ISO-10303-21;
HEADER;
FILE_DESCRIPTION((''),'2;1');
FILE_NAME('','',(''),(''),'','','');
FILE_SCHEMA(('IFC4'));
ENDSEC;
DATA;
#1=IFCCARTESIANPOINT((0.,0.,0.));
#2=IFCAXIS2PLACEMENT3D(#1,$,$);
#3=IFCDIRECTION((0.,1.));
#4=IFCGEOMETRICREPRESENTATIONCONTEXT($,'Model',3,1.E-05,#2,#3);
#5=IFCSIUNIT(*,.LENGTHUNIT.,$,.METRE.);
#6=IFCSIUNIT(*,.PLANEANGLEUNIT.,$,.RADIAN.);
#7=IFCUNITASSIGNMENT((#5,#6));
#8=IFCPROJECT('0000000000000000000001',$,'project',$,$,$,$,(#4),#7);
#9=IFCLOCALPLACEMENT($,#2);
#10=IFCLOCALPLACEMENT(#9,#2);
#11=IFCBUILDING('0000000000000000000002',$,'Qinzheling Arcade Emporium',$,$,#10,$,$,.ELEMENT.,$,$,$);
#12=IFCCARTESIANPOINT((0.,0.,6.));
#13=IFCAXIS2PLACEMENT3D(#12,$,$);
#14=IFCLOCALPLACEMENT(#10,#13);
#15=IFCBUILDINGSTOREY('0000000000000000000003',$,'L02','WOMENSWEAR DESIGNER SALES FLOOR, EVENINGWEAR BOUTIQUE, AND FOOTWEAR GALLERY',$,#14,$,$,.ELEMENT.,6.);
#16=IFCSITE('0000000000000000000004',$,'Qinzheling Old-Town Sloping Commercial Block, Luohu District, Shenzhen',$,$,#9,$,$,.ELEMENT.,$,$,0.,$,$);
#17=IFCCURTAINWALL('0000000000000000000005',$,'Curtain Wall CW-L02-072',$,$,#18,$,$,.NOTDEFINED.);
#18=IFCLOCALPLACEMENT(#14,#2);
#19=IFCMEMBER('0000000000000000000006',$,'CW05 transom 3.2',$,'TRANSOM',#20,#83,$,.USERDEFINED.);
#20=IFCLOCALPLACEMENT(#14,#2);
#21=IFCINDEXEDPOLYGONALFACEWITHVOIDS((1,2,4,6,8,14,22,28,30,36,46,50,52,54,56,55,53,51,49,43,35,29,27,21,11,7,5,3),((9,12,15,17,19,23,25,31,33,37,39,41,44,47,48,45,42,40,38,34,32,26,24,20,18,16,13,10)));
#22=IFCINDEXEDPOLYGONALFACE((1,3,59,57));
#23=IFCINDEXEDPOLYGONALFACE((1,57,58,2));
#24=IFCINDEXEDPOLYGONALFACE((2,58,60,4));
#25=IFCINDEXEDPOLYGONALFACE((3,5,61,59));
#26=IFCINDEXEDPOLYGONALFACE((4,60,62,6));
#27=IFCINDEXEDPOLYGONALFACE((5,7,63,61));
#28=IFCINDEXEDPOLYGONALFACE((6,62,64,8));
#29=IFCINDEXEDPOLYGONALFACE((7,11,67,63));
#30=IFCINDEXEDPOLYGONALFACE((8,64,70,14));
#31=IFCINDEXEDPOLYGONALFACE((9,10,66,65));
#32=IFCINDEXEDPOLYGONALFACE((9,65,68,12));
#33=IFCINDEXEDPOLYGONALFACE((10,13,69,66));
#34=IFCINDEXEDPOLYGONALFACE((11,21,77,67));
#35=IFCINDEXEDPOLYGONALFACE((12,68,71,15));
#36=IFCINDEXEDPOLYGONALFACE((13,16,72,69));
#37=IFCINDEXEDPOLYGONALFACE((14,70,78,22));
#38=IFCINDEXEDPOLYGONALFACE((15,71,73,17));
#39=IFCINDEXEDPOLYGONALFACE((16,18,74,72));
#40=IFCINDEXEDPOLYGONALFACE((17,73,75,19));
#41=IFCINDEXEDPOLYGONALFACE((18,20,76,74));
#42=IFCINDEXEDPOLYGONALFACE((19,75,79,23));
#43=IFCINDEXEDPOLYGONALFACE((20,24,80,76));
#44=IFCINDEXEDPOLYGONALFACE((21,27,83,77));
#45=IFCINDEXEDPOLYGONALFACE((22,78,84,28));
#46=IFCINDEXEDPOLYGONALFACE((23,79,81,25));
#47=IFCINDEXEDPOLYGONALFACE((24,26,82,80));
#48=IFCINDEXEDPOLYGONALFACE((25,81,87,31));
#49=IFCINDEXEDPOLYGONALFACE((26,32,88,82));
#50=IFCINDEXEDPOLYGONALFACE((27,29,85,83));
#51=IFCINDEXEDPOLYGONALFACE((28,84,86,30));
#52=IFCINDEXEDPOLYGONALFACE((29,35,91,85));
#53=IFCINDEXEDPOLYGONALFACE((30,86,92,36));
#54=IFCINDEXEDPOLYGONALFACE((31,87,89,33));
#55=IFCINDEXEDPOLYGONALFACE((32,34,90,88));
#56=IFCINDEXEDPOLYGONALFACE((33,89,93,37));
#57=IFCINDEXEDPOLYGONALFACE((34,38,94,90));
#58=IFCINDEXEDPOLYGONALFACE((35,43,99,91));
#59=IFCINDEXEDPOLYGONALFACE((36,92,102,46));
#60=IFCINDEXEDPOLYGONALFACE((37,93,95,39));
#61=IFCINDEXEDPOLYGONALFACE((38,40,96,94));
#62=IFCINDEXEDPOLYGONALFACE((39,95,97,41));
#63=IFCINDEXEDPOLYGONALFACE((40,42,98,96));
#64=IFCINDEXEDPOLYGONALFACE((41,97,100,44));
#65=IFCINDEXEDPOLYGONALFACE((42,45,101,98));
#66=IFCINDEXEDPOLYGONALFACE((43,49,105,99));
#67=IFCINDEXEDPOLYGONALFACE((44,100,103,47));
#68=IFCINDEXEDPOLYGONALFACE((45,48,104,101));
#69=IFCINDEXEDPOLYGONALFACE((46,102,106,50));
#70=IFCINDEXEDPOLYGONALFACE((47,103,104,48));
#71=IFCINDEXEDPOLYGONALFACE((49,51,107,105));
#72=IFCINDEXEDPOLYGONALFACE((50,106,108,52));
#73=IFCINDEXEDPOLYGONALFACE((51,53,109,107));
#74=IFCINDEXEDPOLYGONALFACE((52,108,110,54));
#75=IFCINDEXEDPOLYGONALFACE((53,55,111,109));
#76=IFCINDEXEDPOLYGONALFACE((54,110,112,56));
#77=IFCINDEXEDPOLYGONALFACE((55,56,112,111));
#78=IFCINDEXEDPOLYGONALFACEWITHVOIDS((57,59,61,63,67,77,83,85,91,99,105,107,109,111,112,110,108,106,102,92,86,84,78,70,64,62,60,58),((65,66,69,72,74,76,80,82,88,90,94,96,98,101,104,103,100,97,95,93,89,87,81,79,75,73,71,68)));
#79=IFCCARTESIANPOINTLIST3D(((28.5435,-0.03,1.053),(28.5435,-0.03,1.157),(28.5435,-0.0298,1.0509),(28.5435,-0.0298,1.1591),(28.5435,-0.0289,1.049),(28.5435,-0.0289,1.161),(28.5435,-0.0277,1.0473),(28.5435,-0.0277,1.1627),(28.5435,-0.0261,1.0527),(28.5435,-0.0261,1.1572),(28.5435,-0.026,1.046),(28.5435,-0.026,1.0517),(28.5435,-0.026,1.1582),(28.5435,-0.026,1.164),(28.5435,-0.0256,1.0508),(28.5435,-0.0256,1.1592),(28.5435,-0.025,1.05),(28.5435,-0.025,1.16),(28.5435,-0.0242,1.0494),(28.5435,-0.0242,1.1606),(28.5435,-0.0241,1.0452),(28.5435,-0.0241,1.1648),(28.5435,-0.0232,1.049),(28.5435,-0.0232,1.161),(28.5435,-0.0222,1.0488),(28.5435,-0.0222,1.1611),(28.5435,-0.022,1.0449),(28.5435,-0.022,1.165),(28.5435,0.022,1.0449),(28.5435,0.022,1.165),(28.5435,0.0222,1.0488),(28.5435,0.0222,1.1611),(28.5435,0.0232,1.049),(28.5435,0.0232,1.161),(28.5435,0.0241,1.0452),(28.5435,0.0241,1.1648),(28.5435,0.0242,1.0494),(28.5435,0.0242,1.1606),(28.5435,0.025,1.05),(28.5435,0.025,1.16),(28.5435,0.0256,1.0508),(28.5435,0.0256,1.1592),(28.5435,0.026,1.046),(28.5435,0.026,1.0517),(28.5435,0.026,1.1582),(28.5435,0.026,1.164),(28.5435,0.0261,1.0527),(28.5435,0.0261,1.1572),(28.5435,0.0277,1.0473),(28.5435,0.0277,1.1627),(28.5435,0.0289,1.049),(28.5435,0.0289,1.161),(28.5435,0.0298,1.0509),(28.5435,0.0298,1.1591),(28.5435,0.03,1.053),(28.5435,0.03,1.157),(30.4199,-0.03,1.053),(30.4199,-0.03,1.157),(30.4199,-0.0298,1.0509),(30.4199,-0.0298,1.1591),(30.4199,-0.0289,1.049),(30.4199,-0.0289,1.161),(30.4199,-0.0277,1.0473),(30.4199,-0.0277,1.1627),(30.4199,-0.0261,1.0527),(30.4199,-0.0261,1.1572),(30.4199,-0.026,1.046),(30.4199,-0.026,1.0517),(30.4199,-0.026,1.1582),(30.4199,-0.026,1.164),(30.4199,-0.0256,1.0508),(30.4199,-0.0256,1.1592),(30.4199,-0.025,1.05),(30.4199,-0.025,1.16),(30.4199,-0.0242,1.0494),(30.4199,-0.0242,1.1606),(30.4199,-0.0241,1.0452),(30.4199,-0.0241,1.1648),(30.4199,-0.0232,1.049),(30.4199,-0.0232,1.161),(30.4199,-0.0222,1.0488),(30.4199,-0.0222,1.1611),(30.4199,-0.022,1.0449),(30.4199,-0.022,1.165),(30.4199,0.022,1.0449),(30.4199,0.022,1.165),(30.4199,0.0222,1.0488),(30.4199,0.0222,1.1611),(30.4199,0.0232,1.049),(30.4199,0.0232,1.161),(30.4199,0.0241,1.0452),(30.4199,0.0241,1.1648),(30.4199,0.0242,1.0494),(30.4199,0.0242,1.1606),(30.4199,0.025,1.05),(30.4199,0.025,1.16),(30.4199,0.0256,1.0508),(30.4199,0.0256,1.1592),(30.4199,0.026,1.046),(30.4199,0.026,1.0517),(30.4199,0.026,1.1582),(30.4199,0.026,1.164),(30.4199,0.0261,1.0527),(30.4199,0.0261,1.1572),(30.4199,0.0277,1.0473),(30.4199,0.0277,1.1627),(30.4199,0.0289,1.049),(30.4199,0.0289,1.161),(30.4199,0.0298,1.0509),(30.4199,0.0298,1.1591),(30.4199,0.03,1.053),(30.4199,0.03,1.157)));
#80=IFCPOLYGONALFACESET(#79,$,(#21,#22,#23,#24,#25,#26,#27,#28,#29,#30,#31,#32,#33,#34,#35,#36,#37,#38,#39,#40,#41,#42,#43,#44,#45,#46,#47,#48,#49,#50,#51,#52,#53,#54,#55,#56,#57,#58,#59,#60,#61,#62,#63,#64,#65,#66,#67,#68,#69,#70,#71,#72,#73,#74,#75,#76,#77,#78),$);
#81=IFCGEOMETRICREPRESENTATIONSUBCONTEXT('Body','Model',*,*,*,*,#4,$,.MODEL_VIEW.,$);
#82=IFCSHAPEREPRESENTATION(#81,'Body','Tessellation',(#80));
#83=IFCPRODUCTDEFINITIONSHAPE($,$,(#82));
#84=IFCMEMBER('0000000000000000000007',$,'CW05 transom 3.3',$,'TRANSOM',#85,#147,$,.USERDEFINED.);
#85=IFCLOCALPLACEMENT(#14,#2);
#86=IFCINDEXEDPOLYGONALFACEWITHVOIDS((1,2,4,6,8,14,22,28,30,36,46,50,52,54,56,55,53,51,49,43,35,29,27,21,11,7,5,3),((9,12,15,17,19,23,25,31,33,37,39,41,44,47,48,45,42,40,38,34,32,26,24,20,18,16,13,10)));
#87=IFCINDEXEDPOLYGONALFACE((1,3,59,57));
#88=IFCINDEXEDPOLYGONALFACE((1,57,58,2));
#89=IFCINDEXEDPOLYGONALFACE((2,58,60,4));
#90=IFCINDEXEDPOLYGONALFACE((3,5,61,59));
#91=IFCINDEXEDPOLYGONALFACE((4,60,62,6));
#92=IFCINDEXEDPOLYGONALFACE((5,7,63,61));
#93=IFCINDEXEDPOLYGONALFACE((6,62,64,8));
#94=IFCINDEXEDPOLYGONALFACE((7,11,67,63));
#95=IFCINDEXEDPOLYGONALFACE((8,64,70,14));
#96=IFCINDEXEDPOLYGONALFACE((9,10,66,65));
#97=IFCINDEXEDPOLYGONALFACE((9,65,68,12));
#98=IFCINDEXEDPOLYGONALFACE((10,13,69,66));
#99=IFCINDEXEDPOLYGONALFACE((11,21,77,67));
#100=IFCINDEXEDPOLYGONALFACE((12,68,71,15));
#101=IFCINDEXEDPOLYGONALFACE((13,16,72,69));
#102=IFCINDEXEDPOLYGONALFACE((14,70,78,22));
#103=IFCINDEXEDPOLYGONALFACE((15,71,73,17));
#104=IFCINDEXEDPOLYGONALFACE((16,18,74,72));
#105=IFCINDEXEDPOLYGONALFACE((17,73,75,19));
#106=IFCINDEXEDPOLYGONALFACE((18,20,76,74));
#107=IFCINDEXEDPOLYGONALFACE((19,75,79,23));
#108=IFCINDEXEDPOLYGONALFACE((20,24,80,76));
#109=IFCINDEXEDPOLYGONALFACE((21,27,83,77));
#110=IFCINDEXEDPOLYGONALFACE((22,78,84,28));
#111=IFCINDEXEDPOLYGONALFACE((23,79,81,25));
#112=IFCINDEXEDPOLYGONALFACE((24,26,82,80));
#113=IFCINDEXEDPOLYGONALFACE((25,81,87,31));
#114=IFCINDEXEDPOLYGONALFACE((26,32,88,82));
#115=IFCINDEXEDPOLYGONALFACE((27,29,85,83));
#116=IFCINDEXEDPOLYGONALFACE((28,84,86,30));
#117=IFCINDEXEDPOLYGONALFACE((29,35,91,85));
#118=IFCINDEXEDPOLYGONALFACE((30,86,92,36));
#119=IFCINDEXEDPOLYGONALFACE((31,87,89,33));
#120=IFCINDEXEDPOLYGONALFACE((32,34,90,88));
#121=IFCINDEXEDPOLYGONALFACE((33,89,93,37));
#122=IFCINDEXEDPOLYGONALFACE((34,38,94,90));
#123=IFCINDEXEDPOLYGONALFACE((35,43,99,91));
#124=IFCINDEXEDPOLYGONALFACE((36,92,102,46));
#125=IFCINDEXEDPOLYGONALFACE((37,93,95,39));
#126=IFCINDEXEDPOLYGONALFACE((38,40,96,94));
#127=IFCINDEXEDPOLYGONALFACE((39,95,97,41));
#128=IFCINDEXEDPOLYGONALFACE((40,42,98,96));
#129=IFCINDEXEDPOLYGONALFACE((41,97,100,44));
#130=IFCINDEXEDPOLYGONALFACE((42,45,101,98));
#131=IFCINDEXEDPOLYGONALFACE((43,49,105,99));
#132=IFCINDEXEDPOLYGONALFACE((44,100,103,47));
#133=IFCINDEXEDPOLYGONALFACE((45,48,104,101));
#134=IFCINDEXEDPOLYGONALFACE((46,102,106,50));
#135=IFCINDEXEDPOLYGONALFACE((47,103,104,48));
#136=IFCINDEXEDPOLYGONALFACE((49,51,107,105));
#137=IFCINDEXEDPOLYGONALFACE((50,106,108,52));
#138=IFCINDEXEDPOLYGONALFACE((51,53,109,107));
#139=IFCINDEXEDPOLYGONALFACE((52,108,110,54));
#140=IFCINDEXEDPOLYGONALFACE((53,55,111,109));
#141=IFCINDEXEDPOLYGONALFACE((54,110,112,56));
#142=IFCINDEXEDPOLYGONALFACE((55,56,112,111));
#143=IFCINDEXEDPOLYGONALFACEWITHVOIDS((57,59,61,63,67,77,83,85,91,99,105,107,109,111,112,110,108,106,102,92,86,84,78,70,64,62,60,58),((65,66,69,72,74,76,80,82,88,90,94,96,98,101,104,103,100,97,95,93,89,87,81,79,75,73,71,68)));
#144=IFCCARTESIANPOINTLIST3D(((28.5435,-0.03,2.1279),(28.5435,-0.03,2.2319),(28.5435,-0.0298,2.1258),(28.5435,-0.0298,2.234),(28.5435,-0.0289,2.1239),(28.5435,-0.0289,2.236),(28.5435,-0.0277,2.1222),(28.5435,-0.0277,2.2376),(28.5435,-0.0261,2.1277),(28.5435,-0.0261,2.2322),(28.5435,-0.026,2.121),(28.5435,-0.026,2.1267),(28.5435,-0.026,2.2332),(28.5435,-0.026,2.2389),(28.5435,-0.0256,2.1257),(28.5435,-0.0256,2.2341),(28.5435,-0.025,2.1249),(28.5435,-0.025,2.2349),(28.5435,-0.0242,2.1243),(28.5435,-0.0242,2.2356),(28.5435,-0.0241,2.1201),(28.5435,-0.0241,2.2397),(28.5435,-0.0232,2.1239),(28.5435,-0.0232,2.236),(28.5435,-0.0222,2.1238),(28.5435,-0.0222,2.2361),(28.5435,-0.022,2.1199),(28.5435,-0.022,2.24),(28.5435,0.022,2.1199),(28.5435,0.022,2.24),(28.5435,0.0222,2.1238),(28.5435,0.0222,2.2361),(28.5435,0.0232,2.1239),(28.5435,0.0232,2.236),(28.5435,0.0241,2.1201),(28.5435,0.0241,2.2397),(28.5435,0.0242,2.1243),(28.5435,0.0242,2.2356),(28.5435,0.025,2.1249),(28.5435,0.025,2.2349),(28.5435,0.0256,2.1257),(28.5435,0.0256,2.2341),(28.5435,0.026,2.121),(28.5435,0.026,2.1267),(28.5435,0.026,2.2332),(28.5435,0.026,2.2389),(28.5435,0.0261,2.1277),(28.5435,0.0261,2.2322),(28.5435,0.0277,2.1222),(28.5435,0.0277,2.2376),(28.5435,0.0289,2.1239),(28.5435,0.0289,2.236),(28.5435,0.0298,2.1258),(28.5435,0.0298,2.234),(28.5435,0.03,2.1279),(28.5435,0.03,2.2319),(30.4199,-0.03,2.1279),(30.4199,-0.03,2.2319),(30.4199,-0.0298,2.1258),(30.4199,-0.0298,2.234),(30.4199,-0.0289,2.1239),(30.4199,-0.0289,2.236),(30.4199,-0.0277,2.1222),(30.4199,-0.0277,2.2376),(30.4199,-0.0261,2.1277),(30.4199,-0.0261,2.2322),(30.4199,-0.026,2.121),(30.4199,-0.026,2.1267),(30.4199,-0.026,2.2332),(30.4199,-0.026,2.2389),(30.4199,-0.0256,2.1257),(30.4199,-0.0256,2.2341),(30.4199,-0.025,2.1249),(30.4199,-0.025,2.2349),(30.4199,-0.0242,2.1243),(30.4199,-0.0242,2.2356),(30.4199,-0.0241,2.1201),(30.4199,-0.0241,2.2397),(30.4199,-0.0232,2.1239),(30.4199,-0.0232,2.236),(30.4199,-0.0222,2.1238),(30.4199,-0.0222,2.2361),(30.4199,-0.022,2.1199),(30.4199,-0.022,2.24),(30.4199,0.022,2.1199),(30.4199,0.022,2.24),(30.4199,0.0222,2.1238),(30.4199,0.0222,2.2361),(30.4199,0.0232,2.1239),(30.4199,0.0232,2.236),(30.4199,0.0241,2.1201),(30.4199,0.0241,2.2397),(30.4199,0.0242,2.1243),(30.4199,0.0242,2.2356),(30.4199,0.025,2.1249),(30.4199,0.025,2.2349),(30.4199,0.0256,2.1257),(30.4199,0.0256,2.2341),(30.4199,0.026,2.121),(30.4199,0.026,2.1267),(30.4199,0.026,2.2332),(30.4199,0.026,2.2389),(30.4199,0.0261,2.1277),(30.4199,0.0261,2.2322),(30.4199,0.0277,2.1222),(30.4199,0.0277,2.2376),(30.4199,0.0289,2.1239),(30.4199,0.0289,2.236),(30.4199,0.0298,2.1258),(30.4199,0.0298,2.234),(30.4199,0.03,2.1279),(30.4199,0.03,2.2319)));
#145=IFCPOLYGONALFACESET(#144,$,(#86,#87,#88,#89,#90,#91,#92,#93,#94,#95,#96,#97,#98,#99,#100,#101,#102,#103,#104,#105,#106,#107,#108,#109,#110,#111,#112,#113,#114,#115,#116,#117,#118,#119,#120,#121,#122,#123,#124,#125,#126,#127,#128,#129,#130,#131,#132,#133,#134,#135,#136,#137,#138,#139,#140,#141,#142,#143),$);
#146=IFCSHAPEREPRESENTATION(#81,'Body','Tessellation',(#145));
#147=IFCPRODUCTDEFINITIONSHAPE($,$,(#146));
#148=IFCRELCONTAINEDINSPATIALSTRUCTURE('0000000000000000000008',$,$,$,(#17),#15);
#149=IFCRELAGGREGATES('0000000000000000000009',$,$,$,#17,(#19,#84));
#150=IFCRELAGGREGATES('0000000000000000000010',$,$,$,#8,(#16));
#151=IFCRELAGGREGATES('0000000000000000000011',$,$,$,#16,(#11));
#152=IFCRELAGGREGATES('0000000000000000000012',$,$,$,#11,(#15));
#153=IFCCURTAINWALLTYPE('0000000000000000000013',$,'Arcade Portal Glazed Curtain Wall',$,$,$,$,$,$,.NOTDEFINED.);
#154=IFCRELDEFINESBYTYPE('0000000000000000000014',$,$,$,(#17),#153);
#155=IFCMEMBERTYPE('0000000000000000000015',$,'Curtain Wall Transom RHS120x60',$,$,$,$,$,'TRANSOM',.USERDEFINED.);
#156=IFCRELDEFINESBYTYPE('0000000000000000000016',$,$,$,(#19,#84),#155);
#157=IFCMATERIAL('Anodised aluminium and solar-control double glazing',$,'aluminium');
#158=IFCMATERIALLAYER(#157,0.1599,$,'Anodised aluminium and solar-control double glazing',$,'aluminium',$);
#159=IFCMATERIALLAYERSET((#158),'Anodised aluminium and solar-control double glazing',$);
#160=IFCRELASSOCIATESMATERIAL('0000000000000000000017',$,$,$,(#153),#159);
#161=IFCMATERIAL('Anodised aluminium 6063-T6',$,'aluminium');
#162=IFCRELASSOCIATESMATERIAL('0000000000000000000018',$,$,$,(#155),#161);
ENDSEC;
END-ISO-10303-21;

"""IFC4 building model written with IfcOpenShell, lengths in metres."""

from ifc_helpers import new_model, si_unit, direction, frame, origin, origin_2d, place, context, subcontext, project, spatial, hollow_rectangle, extrude, material, layer, layer_set, material_profile, profile_set, type_object, element, aggregate, save


model = new_model("IFC4")

# Units and contexts
model_context = context("Model", 3, precision=1e-05, world=origin(), true_north=direction((0.0, 1.0)))
body_context = subcontext(model_context, "Body", "Model", "MODEL_VIEW")
ifc_project = project(units=[si_unit("LENGTHUNIT", "METRE"), si_unit("PLANEANGLEUNIT", "RADIAN")], contexts=[model_context])

# Site, building, storey
site_placement = place(None, origin())
site = spatial("IfcSite", under=ifc_project, at=site_placement, Name="Qinzheling Old-Town Sloping Commercial Block, Luohu District, Shenzhen", CompositionType="ELEMENT", RefElevation=0.0)
building_placement = place(site_placement, origin())
building = spatial("IfcBuilding", under=site, at=building_placement, Name="Qinzheling Arcade Emporium", CompositionType="ELEMENT")
storey_placement = place(building_placement, frame((0.0, 0.0, 6.0)))
storey = spatial("IfcBuildingStorey", under=building, at=storey_placement, Name="L02", Description="WOMENSWEAR DESIGNER SALES FLOOR, EVENINGWEAR BOUTIQUE, AND FOOTWEAR GALLERY", CompositionType="ELEMENT", Elevation=6.0)

# Curtain wall, members
ifc_material_1 = material(Name="Anodised aluminium and solar-control double glazing", Category="aluminium")
ifc_layer_1 = layer(ifc_material_1, 0.1599, Name="Anodised aluminium and solar-control double glazing", Category="aluminium")
ifc_layer_set_1 = layer_set([ifc_layer_1], Name="Anodised aluminium and solar-control double glazing")
curtain_wall_type = type_object("IfcCurtainWallType", Name="Arcade Portal Glazed Curtain Wall", PredefinedType="NOTDEFINED", material=ifc_layer_set_1)
curtain_wall_placement = place(storey_placement, origin())
curtain_wall = element("IfcCurtainWall", 1, at=curtain_wall_placement, inside=storey, type_object=curtain_wall_type, Name="Curtain Wall CW-L02-072", PredefinedType="NOTDEFINED")
ifc_material_2 = material(Name="Anodised aluminium 6063-T6", Category="aluminium")
ifc_material_profile_1 = material_profile(ifc_material_2, hollow_rectangle(XDim=0.0601, YDim=0.1201, WallThickness=0.0039, InnerFilletRadius=0.0039, OuterFilletRadius=0.0081, at=origin_2d()), Name="RHS 120x60x4", Category="aluminium")
ifc_profile_set_1 = profile_set([ifc_material_profile_1], Name="Anodised aluminium 6063-T6")
member_type_1 = type_object("IfcMemberType", Name="Curtain Wall Transom RHS120x60", ElementType="TRANSOM", PredefinedType="USERDEFINED", material=ifc_profile_set_1)
member_1_placement = place(storey_placement, frame((30.4199, 0.0, 1.105), z_axis=(-1.0, 0.0, 0.0), x_axis=(0.0, -1.0, 0.0)))
member_1 = element("IfcMember", 2, at=member_1_placement, type_object=member_type_1, Name="CW05 transom 3.2", ObjectType="TRANSOM", PredefinedType="USERDEFINED", context=body_context, shape_type="SweptSolid", body=[
    extrude(hollow_rectangle(XDim=0.0601, YDim=0.1201, WallThickness=0.0039, InnerFilletRadius=0.0039, OuterFilletRadius=0.0081, at=origin_2d()), origin(), (0.0, 0.0, 1.0), 1.8765),
])
member_2_placement = place(storey_placement, frame((30.4199, 0.0, 2.1799), z_axis=(-1.0, 0.0, 0.0), x_axis=(0.0, -1.0, 0.0)))
member_2 = element("IfcMember", 3, at=member_2_placement, type_object=member_type_1, Name="CW05 transom 3.3", ObjectType="TRANSOM", PredefinedType="USERDEFINED", context=body_context, shape_type="SweptSolid", body=[
    extrude(hollow_rectangle(XDim=0.0601, YDim=0.1201, WallThickness=0.0039, InnerFilletRadius=0.0039, OuterFilletRadius=0.0081, at=origin_2d()), origin(), (0.0, 0.0, 1.0), 1.8765),
])

aggregate(curtain_wall, [member_1, member_2])

save(model, "model.ifc")
